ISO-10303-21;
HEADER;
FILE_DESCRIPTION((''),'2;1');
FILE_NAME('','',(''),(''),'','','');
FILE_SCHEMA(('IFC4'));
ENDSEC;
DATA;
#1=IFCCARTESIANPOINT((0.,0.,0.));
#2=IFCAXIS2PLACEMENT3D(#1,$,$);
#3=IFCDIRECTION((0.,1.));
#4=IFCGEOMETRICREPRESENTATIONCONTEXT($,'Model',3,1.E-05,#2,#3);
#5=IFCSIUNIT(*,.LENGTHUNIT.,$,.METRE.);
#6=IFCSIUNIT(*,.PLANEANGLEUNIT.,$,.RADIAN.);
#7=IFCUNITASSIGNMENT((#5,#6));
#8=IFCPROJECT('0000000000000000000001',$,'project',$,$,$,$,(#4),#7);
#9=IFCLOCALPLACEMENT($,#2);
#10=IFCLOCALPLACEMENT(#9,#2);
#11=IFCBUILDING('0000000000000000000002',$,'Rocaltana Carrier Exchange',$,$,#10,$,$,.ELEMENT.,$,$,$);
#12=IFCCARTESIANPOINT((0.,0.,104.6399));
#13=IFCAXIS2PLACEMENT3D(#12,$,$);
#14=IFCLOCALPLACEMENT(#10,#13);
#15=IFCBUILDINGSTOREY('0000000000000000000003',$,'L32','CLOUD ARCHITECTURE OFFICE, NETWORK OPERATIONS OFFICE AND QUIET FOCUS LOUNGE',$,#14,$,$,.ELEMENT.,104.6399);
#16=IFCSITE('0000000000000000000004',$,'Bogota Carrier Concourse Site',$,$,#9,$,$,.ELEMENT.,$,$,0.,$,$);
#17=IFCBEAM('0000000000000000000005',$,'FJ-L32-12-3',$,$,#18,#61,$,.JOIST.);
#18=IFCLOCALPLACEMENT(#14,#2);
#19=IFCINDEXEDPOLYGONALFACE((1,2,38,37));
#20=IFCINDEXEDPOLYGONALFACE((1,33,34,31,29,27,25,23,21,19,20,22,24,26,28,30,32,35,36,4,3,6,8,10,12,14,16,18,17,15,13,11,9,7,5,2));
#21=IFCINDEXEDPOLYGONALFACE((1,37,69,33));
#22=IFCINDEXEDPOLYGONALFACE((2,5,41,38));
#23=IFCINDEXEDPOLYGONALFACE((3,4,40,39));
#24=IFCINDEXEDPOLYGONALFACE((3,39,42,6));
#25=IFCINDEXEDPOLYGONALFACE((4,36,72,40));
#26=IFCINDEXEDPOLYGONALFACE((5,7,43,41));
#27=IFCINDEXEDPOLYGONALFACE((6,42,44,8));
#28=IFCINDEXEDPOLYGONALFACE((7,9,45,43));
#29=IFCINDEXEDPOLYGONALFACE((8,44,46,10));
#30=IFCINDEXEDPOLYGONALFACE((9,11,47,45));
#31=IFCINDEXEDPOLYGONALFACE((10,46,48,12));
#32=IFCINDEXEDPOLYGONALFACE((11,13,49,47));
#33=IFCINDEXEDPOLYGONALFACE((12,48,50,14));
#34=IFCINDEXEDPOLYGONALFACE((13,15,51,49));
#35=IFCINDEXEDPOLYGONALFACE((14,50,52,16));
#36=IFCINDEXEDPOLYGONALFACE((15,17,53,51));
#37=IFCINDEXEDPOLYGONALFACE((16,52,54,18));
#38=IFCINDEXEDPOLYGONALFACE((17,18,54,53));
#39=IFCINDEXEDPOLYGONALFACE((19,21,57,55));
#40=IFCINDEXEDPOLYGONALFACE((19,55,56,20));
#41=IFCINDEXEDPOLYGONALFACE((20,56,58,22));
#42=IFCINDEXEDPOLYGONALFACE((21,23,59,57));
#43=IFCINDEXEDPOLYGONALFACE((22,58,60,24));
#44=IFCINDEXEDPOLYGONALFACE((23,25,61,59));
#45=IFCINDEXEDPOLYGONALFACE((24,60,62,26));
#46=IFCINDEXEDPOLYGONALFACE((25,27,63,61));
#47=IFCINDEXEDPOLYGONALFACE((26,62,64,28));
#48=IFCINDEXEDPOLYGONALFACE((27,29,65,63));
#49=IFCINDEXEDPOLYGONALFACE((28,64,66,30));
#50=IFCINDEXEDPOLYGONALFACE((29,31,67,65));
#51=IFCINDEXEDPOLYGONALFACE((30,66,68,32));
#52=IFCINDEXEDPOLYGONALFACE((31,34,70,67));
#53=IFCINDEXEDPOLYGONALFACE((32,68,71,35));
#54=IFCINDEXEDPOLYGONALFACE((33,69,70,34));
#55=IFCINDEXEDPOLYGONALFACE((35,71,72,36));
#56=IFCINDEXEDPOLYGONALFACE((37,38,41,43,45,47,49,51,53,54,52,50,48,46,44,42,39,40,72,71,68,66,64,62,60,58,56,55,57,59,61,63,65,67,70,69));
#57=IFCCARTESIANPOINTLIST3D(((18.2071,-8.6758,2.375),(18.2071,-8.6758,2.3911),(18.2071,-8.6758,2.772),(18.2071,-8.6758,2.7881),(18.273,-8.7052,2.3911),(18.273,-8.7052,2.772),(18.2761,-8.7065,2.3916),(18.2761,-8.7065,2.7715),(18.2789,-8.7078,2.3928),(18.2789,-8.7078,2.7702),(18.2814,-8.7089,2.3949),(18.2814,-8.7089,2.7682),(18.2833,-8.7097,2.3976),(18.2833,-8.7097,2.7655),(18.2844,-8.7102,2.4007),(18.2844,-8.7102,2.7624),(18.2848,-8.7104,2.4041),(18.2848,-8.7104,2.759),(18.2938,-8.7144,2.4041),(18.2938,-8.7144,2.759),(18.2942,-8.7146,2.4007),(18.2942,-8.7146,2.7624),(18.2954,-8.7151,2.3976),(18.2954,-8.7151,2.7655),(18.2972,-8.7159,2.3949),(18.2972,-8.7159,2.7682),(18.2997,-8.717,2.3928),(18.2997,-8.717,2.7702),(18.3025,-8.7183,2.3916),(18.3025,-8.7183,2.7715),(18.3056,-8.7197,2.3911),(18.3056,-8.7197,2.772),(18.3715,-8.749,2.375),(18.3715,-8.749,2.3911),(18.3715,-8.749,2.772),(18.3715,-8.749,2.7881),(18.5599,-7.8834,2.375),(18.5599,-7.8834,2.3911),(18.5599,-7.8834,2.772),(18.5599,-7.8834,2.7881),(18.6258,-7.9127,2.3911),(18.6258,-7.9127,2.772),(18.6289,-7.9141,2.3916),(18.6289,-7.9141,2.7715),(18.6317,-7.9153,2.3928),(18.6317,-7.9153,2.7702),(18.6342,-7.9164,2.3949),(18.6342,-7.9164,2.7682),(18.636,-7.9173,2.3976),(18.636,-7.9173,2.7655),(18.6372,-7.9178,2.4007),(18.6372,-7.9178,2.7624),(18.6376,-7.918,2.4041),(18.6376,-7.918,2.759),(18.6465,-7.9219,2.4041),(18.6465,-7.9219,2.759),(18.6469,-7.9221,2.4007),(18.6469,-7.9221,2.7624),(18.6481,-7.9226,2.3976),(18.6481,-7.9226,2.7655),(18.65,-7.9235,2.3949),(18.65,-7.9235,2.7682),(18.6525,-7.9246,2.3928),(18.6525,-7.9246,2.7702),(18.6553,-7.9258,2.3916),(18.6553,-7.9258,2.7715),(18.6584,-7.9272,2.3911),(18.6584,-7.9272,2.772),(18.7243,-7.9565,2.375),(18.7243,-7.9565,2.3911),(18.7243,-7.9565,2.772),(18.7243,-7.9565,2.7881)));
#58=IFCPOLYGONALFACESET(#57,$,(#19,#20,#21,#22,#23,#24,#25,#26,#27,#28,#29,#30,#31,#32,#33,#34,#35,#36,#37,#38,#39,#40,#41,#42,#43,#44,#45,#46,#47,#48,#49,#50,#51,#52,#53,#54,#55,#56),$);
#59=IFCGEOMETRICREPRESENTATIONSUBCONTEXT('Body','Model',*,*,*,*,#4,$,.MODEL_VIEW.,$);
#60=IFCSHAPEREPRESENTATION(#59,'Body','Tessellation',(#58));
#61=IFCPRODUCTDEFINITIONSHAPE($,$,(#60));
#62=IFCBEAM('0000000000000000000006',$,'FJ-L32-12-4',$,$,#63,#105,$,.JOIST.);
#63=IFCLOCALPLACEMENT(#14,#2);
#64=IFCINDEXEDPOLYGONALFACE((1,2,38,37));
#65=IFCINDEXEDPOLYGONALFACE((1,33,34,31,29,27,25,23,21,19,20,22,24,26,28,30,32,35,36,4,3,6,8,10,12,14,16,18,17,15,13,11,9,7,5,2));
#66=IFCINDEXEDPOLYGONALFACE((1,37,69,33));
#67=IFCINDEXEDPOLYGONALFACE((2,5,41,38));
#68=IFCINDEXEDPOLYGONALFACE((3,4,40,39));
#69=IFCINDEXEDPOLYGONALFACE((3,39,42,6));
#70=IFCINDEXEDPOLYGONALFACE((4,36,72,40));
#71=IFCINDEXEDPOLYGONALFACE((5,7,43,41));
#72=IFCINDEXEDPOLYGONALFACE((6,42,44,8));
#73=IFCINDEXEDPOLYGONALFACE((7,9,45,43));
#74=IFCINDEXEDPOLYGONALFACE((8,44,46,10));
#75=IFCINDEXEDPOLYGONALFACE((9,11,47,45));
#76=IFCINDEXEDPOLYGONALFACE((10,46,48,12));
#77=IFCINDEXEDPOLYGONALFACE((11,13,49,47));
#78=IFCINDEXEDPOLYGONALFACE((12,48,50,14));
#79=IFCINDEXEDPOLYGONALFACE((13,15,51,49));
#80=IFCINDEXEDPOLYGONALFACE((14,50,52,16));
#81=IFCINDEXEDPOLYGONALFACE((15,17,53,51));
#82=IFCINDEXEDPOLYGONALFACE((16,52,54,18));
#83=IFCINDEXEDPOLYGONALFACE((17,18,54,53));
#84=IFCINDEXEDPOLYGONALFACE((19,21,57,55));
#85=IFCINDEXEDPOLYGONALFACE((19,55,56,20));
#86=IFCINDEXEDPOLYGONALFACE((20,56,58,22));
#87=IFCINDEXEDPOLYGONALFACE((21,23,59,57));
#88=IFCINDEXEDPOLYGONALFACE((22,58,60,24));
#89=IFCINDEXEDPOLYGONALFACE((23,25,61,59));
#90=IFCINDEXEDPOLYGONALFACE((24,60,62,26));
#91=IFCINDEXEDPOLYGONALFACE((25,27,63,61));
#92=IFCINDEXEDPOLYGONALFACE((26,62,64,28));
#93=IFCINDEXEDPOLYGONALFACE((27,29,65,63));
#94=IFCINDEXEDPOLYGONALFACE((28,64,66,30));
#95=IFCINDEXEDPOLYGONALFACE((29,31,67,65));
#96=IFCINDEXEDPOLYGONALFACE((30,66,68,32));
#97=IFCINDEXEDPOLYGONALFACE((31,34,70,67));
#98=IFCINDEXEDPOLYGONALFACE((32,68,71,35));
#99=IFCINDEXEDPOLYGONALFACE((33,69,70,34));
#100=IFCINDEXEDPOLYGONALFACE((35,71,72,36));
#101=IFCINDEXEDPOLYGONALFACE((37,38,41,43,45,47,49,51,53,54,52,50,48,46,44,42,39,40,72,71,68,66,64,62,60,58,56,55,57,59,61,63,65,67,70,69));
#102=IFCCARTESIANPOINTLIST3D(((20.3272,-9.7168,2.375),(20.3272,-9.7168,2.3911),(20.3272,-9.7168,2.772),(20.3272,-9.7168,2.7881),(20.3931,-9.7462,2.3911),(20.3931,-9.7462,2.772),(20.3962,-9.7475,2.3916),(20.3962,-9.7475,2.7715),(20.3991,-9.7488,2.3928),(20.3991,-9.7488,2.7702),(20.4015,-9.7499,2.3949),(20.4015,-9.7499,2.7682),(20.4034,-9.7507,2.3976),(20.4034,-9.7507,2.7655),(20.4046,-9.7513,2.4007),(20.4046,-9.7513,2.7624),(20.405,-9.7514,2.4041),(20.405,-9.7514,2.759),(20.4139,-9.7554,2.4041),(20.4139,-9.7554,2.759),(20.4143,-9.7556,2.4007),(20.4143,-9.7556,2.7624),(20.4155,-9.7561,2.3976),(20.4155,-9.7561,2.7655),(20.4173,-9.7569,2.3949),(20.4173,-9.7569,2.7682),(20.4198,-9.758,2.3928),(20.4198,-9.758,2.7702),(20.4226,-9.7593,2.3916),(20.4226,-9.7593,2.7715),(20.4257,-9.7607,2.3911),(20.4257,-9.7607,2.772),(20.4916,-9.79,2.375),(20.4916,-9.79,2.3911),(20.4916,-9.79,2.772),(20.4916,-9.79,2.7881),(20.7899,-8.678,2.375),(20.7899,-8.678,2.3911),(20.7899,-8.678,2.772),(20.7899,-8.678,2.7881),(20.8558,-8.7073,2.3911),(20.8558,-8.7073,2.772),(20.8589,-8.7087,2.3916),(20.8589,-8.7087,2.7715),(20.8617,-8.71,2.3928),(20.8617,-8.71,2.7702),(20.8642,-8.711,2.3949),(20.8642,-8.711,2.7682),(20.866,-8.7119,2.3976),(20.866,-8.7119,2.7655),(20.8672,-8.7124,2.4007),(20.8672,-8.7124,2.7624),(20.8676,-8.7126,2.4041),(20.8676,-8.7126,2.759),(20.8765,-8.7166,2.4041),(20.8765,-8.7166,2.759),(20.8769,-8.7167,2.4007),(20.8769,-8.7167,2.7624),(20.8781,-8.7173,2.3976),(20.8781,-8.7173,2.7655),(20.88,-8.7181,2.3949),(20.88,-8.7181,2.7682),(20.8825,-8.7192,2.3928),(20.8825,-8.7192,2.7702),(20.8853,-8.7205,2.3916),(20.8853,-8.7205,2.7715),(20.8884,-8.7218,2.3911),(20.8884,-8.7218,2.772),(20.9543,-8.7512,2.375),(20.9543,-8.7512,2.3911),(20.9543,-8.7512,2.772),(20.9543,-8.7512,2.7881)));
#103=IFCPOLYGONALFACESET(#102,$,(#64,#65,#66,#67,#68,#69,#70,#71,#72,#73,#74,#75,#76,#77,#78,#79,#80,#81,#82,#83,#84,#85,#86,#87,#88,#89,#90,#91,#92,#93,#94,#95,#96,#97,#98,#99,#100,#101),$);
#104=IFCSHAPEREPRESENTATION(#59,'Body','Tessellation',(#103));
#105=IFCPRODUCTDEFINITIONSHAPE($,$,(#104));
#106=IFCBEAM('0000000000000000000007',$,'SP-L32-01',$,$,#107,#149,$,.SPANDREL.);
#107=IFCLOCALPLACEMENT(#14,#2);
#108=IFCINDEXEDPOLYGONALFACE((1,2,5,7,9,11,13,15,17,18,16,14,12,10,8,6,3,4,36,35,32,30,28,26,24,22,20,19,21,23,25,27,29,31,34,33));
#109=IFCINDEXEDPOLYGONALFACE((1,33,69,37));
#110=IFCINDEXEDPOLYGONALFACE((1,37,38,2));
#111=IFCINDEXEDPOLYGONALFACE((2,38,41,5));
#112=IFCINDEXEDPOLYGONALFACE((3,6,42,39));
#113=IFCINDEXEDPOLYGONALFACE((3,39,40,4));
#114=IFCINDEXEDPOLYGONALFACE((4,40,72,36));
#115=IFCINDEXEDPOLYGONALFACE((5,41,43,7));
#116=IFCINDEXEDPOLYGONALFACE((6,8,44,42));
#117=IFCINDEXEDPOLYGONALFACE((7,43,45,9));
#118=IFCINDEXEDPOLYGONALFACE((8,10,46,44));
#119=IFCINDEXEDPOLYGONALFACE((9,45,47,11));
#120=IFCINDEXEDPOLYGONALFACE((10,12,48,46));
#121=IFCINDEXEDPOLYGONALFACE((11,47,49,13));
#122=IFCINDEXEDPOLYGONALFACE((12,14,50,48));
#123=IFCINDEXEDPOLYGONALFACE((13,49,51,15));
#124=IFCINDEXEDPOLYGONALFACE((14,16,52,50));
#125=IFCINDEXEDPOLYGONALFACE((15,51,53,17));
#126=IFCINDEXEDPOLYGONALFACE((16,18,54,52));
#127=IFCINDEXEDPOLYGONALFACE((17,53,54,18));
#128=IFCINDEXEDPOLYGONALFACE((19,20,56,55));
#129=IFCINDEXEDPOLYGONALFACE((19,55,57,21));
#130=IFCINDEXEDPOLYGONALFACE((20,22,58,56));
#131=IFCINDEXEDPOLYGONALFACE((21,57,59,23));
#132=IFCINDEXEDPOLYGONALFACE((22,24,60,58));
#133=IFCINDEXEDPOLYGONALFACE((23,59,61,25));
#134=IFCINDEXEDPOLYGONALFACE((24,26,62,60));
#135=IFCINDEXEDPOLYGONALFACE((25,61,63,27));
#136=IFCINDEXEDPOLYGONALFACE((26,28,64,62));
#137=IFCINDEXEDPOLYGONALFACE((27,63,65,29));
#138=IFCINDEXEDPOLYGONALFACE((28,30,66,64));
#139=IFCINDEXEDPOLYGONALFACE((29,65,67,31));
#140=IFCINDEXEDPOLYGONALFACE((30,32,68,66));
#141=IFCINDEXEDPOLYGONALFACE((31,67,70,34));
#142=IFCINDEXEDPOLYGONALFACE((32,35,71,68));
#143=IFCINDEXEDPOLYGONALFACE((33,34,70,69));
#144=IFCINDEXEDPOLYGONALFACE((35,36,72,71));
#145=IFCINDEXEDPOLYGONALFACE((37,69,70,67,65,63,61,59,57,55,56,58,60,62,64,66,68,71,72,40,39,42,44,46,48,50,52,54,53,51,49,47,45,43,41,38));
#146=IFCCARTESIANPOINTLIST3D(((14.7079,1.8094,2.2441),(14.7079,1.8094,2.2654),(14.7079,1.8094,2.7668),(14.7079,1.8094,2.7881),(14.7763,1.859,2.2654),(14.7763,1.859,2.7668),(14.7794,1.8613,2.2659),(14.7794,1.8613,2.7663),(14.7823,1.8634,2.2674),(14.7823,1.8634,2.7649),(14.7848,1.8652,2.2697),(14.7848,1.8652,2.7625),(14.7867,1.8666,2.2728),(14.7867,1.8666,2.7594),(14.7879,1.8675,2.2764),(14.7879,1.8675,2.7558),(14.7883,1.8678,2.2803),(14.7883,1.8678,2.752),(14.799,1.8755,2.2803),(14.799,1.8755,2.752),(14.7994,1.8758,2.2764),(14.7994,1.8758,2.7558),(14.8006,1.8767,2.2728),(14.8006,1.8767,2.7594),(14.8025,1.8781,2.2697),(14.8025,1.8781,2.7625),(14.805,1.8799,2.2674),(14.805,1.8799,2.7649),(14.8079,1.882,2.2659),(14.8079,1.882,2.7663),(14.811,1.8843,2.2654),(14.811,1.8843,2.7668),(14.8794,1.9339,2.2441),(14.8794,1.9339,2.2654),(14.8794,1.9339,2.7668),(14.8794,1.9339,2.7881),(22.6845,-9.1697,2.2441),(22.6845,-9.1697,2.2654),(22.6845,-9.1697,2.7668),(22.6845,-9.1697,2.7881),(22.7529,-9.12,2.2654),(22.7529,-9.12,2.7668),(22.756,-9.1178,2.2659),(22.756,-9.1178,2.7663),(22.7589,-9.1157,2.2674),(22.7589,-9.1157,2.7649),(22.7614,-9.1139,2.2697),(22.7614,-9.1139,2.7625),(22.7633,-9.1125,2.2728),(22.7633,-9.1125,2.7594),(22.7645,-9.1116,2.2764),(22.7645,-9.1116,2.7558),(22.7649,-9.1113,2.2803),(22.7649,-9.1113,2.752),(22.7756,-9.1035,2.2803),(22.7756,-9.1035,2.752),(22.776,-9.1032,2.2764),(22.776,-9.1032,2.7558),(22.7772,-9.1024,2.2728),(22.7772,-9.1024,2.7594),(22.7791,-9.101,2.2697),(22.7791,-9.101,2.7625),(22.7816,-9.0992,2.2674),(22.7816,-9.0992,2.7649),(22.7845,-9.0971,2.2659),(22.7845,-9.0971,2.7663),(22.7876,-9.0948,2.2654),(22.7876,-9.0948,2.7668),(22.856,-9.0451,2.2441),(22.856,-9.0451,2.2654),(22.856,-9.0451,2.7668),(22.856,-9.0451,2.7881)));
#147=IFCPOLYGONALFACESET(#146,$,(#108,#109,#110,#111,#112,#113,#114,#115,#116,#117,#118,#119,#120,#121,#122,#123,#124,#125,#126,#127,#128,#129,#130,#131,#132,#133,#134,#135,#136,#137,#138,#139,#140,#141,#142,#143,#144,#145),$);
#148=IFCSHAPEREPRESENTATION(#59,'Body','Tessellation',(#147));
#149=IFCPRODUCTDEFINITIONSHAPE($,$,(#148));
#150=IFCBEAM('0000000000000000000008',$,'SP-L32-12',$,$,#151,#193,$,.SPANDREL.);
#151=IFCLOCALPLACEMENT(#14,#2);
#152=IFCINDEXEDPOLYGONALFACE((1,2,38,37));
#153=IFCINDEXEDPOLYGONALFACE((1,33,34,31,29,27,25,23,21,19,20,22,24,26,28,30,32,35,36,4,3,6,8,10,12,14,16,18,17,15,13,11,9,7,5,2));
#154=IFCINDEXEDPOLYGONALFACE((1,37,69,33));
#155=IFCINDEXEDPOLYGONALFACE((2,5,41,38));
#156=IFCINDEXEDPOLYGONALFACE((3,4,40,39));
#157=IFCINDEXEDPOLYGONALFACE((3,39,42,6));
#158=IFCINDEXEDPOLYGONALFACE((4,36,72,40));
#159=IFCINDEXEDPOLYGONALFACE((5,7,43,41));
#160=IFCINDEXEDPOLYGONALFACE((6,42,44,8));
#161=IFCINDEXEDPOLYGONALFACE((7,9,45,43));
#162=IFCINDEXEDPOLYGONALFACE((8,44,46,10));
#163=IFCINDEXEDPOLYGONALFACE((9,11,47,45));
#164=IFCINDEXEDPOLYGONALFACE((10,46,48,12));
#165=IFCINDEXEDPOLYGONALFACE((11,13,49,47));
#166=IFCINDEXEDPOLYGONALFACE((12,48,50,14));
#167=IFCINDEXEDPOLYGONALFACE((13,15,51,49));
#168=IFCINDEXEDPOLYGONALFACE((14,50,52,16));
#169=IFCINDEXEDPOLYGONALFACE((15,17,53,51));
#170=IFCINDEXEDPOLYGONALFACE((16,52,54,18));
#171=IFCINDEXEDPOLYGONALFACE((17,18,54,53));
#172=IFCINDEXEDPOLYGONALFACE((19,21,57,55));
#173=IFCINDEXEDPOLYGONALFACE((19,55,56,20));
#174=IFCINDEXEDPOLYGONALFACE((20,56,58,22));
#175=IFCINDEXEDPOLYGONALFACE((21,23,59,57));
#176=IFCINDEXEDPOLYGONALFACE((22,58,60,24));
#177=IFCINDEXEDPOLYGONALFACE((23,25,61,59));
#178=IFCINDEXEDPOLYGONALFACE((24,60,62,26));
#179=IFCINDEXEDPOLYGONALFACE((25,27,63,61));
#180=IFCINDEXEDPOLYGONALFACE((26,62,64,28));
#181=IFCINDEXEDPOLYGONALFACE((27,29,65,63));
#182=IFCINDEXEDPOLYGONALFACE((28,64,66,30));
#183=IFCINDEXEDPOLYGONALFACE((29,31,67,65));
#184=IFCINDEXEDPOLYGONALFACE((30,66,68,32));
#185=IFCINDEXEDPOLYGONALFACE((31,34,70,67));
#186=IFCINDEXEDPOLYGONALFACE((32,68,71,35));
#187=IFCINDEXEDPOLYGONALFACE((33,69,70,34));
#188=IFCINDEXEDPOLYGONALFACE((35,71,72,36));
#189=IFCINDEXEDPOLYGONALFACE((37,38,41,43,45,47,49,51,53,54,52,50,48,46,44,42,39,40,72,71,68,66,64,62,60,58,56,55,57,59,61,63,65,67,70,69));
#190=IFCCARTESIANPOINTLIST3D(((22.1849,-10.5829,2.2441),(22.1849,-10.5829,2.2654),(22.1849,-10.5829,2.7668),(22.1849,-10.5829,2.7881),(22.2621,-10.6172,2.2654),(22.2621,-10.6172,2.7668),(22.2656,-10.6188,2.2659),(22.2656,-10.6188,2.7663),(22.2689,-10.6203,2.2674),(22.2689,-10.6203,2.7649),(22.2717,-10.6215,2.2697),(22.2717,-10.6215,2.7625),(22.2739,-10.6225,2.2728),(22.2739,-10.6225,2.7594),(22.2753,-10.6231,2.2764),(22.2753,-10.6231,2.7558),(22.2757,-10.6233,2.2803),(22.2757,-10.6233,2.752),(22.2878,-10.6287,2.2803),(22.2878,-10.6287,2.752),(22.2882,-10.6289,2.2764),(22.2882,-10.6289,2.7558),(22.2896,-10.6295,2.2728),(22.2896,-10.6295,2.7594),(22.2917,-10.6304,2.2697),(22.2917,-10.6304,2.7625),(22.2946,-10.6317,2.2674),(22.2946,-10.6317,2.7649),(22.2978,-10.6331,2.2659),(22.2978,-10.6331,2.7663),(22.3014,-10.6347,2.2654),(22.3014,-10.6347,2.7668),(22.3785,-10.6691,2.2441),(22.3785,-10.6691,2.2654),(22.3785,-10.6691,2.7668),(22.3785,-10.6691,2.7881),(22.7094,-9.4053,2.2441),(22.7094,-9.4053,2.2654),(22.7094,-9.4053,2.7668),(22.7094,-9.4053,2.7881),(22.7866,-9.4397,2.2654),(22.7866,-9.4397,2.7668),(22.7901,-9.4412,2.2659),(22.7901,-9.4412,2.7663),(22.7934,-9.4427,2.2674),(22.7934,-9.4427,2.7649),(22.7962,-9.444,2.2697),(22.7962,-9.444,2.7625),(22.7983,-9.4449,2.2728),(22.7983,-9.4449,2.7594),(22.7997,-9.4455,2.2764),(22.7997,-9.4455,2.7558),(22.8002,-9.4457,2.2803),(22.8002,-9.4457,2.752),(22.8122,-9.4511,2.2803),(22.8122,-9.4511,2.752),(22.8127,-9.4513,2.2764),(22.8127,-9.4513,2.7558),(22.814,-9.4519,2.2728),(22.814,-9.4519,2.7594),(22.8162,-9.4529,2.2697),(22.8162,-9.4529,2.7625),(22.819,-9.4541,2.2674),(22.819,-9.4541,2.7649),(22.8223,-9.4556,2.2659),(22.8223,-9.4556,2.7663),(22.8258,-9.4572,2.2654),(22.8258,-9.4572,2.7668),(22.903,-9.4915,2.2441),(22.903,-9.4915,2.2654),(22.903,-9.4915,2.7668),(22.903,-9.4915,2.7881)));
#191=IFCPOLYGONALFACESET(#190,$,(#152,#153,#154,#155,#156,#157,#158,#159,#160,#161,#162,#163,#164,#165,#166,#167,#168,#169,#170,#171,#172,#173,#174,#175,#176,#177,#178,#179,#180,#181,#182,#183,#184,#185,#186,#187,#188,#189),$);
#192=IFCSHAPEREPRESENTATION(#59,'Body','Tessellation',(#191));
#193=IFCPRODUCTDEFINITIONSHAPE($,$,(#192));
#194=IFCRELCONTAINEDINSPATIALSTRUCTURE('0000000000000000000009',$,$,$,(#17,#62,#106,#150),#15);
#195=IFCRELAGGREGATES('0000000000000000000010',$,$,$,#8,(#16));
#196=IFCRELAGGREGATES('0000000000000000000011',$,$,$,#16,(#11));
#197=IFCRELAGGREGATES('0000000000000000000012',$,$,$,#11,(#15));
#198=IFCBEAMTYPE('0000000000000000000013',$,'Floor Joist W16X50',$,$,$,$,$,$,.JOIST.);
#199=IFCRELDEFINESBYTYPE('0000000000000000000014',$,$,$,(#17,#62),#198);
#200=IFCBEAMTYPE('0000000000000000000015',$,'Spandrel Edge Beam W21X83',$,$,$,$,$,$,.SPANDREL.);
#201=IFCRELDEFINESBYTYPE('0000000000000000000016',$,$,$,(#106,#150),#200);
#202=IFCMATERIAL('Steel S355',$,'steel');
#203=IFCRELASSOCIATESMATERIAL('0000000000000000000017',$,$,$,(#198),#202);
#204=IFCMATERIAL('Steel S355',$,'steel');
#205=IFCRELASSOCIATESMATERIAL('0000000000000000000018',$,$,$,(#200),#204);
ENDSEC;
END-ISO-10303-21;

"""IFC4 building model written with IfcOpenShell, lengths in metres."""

from ifc_helpers import new_model, si_unit, direction, frame, origin, origin_2d, place, context, subcontext, project, spatial, i_section, extrude, material, material_profile, profile_set, type_object, element, save


model = new_model("IFC4")

# Units and contexts
model_context = context("Model", 3, precision=1e-05, world=origin(), true_north=direction((0.0, 1.0)))
body_context = subcontext(model_context, "Body", "Model", "MODEL_VIEW")
ifc_project = project(units=[si_unit("LENGTHUNIT", "METRE"), si_unit("PLANEANGLEUNIT", "RADIAN")], contexts=[model_context])

# Site, building, storey
site_placement = place(None, origin())
site = spatial("IfcSite", under=ifc_project, at=site_placement, Name="Bogota Carrier Concourse Site", CompositionType="ELEMENT", RefElevation=0.0)
building_placement = place(site_placement, origin())
building = spatial("IfcBuilding", under=site, at=building_placement, Name="Rocaltana Carrier Exchange", CompositionType="ELEMENT")
storey_placement = place(building_placement, frame((0.0, 0.0, 104.6399)))
storey = spatial("IfcBuildingStorey", under=building, at=storey_placement, Name="L32", Description="CLOUD ARCHITECTURE OFFICE, NETWORK OPERATIONS OFFICE AND QUIET FOCUS LOUNGE", CompositionType="ELEMENT", Elevation=104.6399)

# Beams
ifc_material_1 = material(Name="Steel S355", Category="steel")
ifc_material_profile_1 = material_profile(ifc_material_1, i_section(OverallWidth=0.1799, OverallDepth=0.4131, WebThickness=0.0098, FlangeThickness=0.0161, FilletRadius=0.0129, at=origin_2d()), Name="W16X50")
ifc_profile_set_1 = profile_set([ifc_material_profile_1], Name="Steel S355")
beam_type_1 = type_object("IfcBeamType", Name="Floor Joist W16X50", PredefinedType="JOIST", material=ifc_profile_set_1)
beam_1_placement = place(storey_placement, frame((18.2893, -8.7124, 2.5815), z_axis=(0.406687, 0.913568, 0.0), x_axis=(-0.913568, 0.406687, 0.0)))
element("IfcBeam", 1, at=beam_1_placement, inside=storey, type_object=beam_type_1, Name="FJ-L32-12-3", PredefinedType="JOIST", context=body_context, shape_type="SweptSolid", body=[
    extrude(i_section(OverallWidth=0.1799, OverallDepth=0.4131, WebThickness=0.0098, FlangeThickness=0.0161, FilletRadius=0.0129, at=origin_2d()), origin(), (0.0, 0.0, 1.0), 0.8674),
])
beam_2_placement = place(storey_placement, frame((20.4094, -9.7534, 2.5815), z_axis=(0.406836, 0.913501, 0.0), x_axis=(-0.913501, 0.406836, 0.0)))
element("IfcBeam", 2, at=beam_2_placement, inside=storey, type_object=beam_type_1, Name="FJ-L32-12-4", PredefinedType="JOIST", context=body_context, shape_type="SweptSolid", body=[
    extrude(i_section(OverallWidth=0.1799, OverallDepth=0.4131, WebThickness=0.0098, FlangeThickness=0.0161, FilletRadius=0.0129, at=origin_2d()), origin(), (0.0, 0.0, 1.0), 1.1372),
])
ifc_material_2 = material(Name="Steel S355", Category="steel")
ifc_material_profile_2 = material_profile(ifc_material_2, i_section(OverallWidth=0.2119, OverallDepth=0.5439, WebThickness=0.0132, FlangeThickness=0.0212, FilletRadius=0.0149, at=origin_2d()), Name="W21X83")
ifc_profile_set_2 = profile_set([ifc_material_profile_2], Name="Steel S355")
beam_type_2 = type_object("IfcBeamType", Name="Spandrel Edge Beam W21X83", PredefinedType="SPANDREL", material=ifc_profile_set_2)
beam_3_placement = place(storey_placement, frame((22.7703, -9.1074, 2.5161), z_axis=(-0.587778, 0.809022, 0.0), x_axis=(-0.809022, -0.587778, 0.0)))
element("IfcBeam", 3, at=beam_3_placement, inside=storey, type_object=beam_type_2, Name="SP-L32-01", PredefinedType="SPANDREL", context=body_context, shape_type="SweptSolid", body=[
    extrude(i_section(OverallWidth=0.2119, OverallDepth=0.5439, WebThickness=0.0132, FlangeThickness=0.0212, FilletRadius=0.0149, at=origin_2d()), origin(), (0.0, 0.0, 1.0), 13.5708),
])
beam_4_placement = place(storey_placement, frame((22.2817, -10.626, 2.5161), z_axis=(0.406841, 0.913499, 0.0), x_axis=(-0.913499, 0.406841, 0.0)))
element("IfcBeam", 4, at=beam_4_placement, inside=storey, type_object=beam_type_2, Name="SP-L32-12", PredefinedType="SPANDREL", context=body_context, shape_type="SweptSolid", body=[
    extrude(i_section(OverallWidth=0.2119, OverallDepth=0.5439, WebThickness=0.0132, FlangeThickness=0.0212, FilletRadius=0.0149, at=origin_2d()), origin(), (0.0, 0.0, 1.0), 1.2891),
])

save(model, "model.ifc")
